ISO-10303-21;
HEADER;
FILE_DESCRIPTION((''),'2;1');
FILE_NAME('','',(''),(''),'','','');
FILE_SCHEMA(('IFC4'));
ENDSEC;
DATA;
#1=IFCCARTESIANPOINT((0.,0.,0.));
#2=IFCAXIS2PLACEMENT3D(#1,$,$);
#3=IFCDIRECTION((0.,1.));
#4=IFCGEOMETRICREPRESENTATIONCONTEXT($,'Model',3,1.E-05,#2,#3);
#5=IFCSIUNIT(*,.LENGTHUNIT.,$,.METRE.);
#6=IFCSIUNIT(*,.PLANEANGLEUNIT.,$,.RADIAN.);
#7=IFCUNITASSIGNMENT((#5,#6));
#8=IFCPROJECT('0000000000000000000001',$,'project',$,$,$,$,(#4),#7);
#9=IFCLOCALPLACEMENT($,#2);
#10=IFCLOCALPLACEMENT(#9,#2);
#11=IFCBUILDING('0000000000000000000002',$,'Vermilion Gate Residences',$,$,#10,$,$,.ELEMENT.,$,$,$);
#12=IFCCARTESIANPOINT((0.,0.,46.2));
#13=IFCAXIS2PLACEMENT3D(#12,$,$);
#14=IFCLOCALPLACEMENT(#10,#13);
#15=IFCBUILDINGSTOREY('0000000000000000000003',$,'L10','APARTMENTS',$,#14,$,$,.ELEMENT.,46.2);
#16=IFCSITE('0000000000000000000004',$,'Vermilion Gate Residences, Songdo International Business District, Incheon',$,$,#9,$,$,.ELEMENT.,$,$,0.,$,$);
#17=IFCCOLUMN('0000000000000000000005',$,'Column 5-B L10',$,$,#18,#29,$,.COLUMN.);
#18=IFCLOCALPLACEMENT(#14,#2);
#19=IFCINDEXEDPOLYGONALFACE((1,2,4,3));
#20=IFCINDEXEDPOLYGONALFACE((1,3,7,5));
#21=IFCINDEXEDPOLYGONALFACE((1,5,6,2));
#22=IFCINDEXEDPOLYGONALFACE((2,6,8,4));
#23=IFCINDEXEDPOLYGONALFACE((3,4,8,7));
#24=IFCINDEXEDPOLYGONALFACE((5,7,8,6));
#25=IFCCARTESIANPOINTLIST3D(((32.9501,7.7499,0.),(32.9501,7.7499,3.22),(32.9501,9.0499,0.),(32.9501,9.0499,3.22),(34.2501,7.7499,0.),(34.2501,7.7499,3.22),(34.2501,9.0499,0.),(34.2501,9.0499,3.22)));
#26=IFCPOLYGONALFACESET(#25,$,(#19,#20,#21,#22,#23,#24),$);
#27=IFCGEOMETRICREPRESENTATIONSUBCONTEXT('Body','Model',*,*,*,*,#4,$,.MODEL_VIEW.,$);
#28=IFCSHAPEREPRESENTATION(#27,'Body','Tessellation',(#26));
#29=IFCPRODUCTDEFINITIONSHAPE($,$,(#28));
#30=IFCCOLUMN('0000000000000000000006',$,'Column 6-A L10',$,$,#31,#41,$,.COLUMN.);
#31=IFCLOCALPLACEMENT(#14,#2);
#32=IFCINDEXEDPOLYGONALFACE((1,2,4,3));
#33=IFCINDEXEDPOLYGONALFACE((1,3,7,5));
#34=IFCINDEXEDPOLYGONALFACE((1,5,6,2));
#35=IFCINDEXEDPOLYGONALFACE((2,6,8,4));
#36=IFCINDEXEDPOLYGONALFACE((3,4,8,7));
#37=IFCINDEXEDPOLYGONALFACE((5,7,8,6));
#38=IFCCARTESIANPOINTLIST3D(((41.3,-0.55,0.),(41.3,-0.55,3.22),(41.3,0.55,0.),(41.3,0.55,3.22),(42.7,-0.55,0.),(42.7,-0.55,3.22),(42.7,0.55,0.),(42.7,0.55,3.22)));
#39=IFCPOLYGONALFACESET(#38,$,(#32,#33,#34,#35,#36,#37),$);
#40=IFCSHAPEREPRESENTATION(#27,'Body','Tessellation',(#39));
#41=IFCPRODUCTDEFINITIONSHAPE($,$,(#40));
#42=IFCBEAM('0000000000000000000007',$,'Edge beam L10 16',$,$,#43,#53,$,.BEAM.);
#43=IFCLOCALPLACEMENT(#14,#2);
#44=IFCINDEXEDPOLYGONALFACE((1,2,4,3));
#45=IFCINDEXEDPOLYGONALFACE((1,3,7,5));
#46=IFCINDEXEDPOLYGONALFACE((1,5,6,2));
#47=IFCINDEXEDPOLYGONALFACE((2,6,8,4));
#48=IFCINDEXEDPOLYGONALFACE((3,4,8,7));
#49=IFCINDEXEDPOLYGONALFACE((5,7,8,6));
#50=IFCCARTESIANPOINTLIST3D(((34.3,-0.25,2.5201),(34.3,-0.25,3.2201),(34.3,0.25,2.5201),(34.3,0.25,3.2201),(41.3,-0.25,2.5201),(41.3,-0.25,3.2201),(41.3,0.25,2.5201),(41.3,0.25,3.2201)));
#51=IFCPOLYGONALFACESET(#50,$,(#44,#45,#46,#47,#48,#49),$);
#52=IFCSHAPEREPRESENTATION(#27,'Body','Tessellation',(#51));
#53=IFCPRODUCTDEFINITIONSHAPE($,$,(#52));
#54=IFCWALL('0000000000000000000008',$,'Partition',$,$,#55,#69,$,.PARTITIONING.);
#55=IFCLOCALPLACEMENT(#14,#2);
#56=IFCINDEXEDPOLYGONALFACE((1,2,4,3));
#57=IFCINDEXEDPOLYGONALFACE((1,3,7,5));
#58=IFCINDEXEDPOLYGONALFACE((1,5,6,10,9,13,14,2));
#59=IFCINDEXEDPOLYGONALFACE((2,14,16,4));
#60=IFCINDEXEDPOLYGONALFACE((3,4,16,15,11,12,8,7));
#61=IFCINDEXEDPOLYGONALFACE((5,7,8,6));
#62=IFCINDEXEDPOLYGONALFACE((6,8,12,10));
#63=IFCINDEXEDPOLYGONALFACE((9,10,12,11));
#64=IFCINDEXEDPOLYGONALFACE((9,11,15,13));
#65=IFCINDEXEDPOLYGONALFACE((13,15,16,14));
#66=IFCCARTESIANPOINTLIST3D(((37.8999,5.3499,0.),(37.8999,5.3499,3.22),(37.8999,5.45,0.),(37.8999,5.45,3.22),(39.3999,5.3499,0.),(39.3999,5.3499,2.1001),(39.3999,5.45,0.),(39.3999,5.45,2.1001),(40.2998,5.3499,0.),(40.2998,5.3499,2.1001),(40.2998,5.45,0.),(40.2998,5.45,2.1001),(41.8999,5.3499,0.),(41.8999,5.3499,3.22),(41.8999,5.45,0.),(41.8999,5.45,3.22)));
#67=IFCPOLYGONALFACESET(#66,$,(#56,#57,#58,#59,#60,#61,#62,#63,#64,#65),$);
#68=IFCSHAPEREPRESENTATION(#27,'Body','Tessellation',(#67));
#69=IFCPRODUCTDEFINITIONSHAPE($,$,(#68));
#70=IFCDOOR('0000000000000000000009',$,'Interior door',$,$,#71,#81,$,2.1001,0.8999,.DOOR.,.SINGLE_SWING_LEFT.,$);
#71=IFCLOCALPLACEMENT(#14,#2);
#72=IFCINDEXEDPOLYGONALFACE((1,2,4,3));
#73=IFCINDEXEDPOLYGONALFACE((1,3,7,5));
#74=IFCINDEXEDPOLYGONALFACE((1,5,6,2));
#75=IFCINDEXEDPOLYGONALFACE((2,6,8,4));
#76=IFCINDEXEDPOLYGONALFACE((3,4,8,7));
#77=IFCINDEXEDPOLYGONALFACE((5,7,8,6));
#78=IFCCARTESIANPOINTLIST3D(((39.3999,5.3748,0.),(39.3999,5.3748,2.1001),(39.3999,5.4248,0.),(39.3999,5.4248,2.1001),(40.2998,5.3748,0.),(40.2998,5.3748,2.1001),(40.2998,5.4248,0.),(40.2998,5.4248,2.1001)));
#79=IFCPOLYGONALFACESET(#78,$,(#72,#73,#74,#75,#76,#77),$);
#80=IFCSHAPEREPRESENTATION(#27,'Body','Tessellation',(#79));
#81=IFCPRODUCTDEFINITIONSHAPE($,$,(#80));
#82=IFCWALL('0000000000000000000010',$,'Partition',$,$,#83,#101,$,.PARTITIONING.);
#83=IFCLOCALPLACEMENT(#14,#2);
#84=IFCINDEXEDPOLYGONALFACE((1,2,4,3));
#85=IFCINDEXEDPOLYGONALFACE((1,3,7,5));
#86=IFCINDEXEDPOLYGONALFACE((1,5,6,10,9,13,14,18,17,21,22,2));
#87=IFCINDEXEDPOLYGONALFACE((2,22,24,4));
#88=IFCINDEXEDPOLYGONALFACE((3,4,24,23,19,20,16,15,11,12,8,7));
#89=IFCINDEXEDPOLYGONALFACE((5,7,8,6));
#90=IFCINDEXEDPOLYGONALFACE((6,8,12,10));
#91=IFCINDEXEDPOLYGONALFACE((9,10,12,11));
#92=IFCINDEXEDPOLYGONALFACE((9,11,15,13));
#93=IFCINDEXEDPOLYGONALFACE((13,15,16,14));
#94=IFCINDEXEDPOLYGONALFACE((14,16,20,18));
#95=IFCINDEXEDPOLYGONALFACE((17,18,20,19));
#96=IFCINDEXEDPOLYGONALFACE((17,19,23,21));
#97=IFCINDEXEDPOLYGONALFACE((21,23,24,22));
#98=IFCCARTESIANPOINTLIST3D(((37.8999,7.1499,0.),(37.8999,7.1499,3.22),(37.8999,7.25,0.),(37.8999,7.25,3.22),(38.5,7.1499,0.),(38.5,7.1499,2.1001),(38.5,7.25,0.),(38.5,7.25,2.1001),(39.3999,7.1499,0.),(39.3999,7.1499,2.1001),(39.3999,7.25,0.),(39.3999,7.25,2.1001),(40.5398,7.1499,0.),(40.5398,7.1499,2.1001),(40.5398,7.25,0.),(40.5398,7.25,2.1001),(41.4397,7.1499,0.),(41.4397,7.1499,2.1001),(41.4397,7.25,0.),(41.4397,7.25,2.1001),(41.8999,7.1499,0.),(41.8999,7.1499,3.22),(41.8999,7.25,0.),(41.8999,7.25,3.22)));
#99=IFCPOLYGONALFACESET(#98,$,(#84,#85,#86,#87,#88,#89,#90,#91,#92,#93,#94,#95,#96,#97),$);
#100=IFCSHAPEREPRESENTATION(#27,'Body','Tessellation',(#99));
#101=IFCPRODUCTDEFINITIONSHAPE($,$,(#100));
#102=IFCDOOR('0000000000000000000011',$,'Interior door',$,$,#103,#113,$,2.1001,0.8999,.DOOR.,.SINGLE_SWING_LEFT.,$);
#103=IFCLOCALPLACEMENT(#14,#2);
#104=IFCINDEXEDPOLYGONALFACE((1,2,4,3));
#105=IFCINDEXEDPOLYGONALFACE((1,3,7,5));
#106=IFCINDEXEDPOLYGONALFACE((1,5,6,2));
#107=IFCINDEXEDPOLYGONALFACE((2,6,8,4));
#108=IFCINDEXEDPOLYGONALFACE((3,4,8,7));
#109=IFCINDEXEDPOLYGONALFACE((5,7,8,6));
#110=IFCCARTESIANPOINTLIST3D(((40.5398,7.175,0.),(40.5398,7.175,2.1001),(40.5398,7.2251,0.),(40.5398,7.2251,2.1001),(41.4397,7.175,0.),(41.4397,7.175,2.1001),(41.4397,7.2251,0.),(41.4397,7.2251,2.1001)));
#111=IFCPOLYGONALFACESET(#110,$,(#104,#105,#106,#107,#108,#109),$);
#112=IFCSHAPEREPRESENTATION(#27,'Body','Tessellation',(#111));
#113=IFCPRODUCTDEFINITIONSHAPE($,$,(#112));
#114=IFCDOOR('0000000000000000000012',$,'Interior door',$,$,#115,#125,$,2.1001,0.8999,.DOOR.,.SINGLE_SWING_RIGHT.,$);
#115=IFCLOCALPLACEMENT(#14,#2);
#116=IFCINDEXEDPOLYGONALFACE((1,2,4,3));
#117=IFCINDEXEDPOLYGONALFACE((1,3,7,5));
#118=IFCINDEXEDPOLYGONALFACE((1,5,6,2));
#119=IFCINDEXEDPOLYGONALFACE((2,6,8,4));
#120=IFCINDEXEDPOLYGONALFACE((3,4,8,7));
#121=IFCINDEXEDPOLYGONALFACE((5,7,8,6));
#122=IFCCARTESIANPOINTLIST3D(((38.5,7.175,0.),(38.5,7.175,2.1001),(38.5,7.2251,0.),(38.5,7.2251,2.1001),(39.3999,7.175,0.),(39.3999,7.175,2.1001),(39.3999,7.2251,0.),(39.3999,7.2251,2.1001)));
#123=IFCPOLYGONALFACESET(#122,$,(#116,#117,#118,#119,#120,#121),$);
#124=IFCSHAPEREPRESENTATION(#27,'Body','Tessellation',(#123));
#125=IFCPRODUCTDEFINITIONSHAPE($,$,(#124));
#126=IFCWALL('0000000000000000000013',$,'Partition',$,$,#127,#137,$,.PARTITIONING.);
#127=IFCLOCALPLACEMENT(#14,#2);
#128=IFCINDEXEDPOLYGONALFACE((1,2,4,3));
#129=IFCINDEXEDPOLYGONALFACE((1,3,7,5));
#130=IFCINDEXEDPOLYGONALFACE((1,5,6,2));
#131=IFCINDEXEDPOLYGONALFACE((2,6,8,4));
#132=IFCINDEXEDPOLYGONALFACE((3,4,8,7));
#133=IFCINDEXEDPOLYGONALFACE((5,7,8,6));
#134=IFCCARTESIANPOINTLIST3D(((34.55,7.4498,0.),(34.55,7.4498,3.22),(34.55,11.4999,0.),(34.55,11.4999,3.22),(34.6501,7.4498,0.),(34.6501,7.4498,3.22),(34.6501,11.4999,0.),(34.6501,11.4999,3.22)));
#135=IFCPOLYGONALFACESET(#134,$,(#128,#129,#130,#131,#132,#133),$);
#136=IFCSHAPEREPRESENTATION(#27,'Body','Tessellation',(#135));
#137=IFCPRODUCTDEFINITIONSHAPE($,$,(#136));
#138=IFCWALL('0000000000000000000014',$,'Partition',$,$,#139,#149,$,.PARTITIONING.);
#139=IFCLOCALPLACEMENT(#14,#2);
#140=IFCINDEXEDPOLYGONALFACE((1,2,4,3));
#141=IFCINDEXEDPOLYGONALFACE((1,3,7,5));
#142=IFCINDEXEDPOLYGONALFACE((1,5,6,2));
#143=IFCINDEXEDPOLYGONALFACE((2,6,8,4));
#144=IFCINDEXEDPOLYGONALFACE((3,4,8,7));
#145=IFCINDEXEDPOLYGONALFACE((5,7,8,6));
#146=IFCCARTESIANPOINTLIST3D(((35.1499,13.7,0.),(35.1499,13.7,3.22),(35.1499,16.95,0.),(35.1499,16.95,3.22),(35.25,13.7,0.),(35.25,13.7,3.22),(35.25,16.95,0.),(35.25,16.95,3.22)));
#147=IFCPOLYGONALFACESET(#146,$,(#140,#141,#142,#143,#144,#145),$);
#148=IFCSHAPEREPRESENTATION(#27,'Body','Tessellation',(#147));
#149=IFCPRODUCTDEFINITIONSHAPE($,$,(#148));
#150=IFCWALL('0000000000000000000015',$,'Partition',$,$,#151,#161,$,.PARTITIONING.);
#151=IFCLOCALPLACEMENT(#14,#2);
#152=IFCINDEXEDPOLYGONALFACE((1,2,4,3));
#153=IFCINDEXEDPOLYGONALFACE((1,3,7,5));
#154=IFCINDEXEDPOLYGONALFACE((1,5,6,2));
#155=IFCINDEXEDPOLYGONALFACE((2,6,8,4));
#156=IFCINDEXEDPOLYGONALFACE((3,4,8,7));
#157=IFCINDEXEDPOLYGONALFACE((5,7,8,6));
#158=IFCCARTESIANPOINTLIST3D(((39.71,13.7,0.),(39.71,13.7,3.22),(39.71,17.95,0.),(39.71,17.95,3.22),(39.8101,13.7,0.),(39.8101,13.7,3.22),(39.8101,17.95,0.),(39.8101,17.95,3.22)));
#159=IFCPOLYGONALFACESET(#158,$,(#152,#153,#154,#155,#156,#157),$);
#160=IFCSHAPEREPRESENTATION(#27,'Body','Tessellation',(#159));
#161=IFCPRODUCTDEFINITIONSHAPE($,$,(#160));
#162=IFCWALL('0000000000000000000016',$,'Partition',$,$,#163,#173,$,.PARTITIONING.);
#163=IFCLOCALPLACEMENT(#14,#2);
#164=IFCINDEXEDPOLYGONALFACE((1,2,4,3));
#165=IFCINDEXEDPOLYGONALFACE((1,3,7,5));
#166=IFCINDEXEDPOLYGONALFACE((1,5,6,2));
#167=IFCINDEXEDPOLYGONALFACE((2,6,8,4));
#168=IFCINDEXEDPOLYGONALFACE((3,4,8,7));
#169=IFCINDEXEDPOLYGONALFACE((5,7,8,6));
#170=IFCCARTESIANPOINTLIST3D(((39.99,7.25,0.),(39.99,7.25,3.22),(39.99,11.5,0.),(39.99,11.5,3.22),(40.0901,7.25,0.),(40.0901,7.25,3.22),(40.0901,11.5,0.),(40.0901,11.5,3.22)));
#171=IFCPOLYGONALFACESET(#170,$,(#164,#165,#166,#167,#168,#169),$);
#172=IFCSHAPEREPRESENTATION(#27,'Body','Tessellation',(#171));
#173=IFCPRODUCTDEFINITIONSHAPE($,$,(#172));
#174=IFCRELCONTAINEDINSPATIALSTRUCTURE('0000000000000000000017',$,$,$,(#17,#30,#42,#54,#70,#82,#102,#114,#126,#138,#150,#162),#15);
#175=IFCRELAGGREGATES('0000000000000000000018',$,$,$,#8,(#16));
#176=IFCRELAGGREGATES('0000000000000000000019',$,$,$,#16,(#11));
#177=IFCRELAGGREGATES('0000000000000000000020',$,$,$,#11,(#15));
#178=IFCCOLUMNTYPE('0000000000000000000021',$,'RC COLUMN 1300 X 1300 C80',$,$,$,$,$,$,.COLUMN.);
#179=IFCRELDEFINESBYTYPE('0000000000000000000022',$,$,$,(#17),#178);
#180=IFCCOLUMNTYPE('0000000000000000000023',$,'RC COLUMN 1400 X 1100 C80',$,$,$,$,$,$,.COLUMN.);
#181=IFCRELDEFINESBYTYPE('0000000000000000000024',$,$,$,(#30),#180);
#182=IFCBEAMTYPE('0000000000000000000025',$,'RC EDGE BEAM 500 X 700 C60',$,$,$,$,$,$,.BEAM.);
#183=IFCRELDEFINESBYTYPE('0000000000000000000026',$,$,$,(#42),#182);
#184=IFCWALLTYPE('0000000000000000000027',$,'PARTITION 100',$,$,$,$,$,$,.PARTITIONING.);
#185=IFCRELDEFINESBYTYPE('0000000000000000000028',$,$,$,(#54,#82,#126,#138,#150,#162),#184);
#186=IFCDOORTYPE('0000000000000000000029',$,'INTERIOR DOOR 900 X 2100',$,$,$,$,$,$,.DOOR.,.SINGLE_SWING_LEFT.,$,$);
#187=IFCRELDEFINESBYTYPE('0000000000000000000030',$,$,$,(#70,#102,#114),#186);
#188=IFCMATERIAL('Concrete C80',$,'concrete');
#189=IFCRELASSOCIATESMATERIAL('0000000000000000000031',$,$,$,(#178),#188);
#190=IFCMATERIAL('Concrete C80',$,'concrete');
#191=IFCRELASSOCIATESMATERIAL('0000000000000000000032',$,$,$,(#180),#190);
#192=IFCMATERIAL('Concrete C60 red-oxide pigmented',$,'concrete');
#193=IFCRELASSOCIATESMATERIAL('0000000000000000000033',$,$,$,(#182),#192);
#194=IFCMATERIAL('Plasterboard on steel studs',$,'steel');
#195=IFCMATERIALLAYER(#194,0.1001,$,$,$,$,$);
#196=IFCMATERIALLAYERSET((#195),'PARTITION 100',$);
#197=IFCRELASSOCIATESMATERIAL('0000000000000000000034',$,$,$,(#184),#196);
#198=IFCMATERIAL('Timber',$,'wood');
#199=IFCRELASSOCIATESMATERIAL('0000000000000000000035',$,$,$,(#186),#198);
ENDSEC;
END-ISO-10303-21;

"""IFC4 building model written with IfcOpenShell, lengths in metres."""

from ifc_helpers import new_model, si_unit, direction, frame, frame_2d, origin, origin_2d, place, context, subcontext, project, spatial, rectangle, extrude, material, layer, layer_set, material_profile, profile_set, type_object, element, fill, save


model = new_model("IFC4")

# Units and contexts
model_context = context("Model", 3, precision=1e-05, world=origin(), true_north=direction((0.0, 1.0)))
body_context = subcontext(model_context, "Body", "Model", "MODEL_VIEW")
ifc_project = project(units=[si_unit("LENGTHUNIT", "METRE"), si_unit("PLANEANGLEUNIT", "RADIAN")], contexts=[model_context])

# Site, building, storey
site_placement = place(None, origin())
site = spatial("IfcSite", under=ifc_project, at=site_placement, Name="Vermilion Gate Residences, Songdo International Business District, Incheon", CompositionType="ELEMENT", RefElevation=0.0)
building_placement = place(site_placement, origin())
building = spatial("IfcBuilding", under=site, at=building_placement, Name="Vermilion Gate Residences", CompositionType="ELEMENT")
storey_placement = place(building_placement, frame((0.0, 0.0, 46.2)))
storey = spatial("IfcBuildingStorey", under=building, at=storey_placement, Name="L10", Description="APARTMENTS", CompositionType="ELEMENT", Elevation=46.2)

# Columns
ifc_material_1 = material(Name="Concrete C80", Category="concrete")
ifc_material_profile_1 = material_profile(ifc_material_1, rectangle(XDim=1.3, YDim=1.3, at=origin_2d()), Name="RC-1300x1300")
ifc_profile_set_1 = profile_set([ifc_material_profile_1], Name="Concrete C80")
column_type_1 = type_object("IfcColumnType", Name="RC COLUMN 1300 X 1300 C80", PredefinedType="COLUMN", material=ifc_profile_set_1)
column_1_placement = place(storey_placement, frame((33.6001, 8.3999, 0.0), z_axis=(0.0, 0.0, 1.0), x_axis=(1.0, 0.0, 0.0)))
element("IfcColumn", 1, at=column_1_placement, inside=storey, type_object=column_type_1, Name="Column 5-B L10", PredefinedType="COLUMN", context=body_context, shape_type="SweptSolid", body=[
    extrude(rectangle(XDim=1.3, YDim=1.3, at=origin_2d()), origin(), (0.0, 0.0, 1.0), 3.22),
])
ifc_material_2 = material(Name="Concrete C80", Category="concrete")
ifc_material_profile_2 = material_profile(ifc_material_2, rectangle(XDim=1.3999, YDim=1.1001, at=origin_2d()), Name="RC-1400x1100")
ifc_profile_set_2 = profile_set([ifc_material_profile_2], Name="Concrete C80")
column_type_2 = type_object("IfcColumnType", Name="RC COLUMN 1400 X 1100 C80", PredefinedType="COLUMN", material=ifc_profile_set_2)
column_2_placement = place(storey_placement, frame((42.0, 0.0, 0.0), z_axis=(0.0, 0.0, 1.0), x_axis=(1.0, 0.0, 0.0)))
element("IfcColumn", 2, at=column_2_placement, inside=storey, type_object=column_type_2, Name="Column 6-A L10", PredefinedType="COLUMN", context=body_context, shape_type="SweptSolid", body=[
    extrude(rectangle(XDim=1.3999, YDim=1.1001, at=origin_2d()), origin(), (0.0, 0.0, 1.0), 3.22),
])

# Beam
ifc_material_3 = material(Name="Concrete C60 red-oxide pigmented", Category="concrete")
ifc_material_profile_3 = material_profile(ifc_material_3, rectangle(XDim=0.5, YDim=0.7, at=origin_2d()), Name="RC-500x700")
ifc_profile_set_3 = profile_set([ifc_material_profile_3], Name="Concrete C60 red-oxide pigmented")
beam_type = type_object("IfcBeamType", Name="RC EDGE BEAM 500 X 700 C60", PredefinedType="BEAM", material=ifc_profile_set_3)
beam_placement = place(storey_placement, frame((34.3, 0.0, 2.8701), z_axis=(1.0, 0.0, 0.0), x_axis=(0.0, 1.0, 0.0)))
element("IfcBeam", 3, at=beam_placement, inside=storey, type_object=beam_type, Name="Edge beam L10 16", PredefinedType="BEAM", context=body_context, shape_type="SweptSolid", body=[
    extrude(rectangle(XDim=0.5, YDim=0.7, at=origin_2d()), origin(), (0.0, 0.0, 1.0), 7.0),
])

# Wall, opening, door
ifc_material_4 = material(Name="Plasterboard on steel studs", Category="steel")
ifc_layer_1 = layer(ifc_material_4, 0.1001)
ifc_layer_set_1 = layer_set([ifc_layer_1], Name="PARTITION 100")
wall_type_1 = type_object("IfcWallType", Name="PARTITION 100", PredefinedType="PARTITIONING", material=ifc_layer_set_1)
wall_1_placement = place(storey_placement, frame((37.8999, 5.3999, 0.0), z_axis=(0.0, 0.0, 1.0), x_axis=(1.0, 0.0, 0.0)))
wall_1 = element("IfcWall", 4, at=wall_1_placement, inside=storey, type_object=wall_type_1, Name="Partition", PredefinedType="PARTITIONING", context=body_context, shape_type="SweptSolid", body=[
    extrude(rectangle(XDim=4.0, YDim=0.1001, at=frame_2d((2.0, 0.0))), origin(), (0.0, 0.0, 1.0), 3.22),
])
opening_1_placement = place(wall_1_placement, frame((1.5, 0.0, 0.0)))
opening_1 = element("IfcOpeningElement", 5, at=opening_1_placement, cuts=wall_1, PredefinedType="OPENING", context=body_context, shape_type="SweptSolid", body=[
    extrude(rectangle(XDim=0.8999, YDim=2.1001, at=frame_2d((0.45, 1.05))), frame((0.0, 0.0601, 0.0), z_axis=(0.0, -1.0, 0.0), x_axis=(1.0, 0.0, 0.0)), (0.0, 0.0, 1.0), 0.1201),
])
ifc_material_5 = material(Name="Timber", Category="wood")
door_type = type_object("IfcDoorType", Name="INTERIOR DOOR 900 X 2100", OperationType="SINGLE_SWING_LEFT", PredefinedType="DOOR", material=ifc_material_5)
door_1_placement = place(opening_1_placement, origin())
door_1 = element("IfcDoor", 6, at=door_1_placement, inside=storey, type_object=door_type, Name="Interior door", OperationType="SINGLE_SWING_LEFT", OverallHeight=2.1001, OverallWidth=0.8999, PredefinedType="DOOR", context=body_context, shape_type="SweptSolid", body=[
    extrude(rectangle(XDim=0.8999, YDim=2.1001, at=frame_2d((0.45, 1.05))), frame((0.0, 0.0249, 0.0), z_axis=(0.0, -1.0, 0.0), x_axis=(1.0, 0.0, 0.0)), (0.0, 0.0, 1.0), 0.05),
])
fill(opening_1, door_1)

# Wall, openings, doors
wall_2_placement = place(storey_placement, frame((37.8999, 7.2, 0.0), z_axis=(0.0, 0.0, 1.0), x_axis=(1.0, 0.0, 0.0)))
wall_2 = element("IfcWall", 7, at=wall_2_placement, inside=storey, type_object=wall_type_1, Name="Partition", PredefinedType="PARTITIONING", context=body_context, shape_type="SweptSolid", body=[
    extrude(rectangle(XDim=4.0, YDim=0.1001, at=frame_2d((2.0, 0.0))), origin(), (0.0, 0.0, 1.0), 3.22),
])
opening_2_placement = place(wall_2_placement, frame((2.6399, 0.0, 0.0)))
opening_2 = element("IfcOpeningElement", 8, at=opening_2_placement, cuts=wall_2, PredefinedType="OPENING", context=body_context, shape_type="SweptSolid", body=[
    extrude(rectangle(XDim=0.8999, YDim=2.1001, at=frame_2d((0.45, 1.05))), frame((0.0, 0.0601, 0.0), z_axis=(0.0, -1.0, 0.0), x_axis=(1.0, 0.0, 0.0)), (0.0, 0.0, 1.0), 0.1201),
])
opening_3_placement = place(wall_2_placement, frame((0.6001, 0.0, 0.0)))
opening_3 = element("IfcOpeningElement", 9, at=opening_3_placement, cuts=wall_2, PredefinedType="OPENING", context=body_context, shape_type="SweptSolid", body=[
    extrude(rectangle(XDim=0.8999, YDim=2.1001, at=frame_2d((0.45, 1.05))), frame((0.0, 0.0601, 0.0), z_axis=(0.0, -1.0, 0.0), x_axis=(1.0, 0.0, 0.0)), (0.0, 0.0, 1.0), 0.1201),
])
door_2_placement = place(opening_2_placement, frame((0.8999, 0.0, 0.0), z_axis=(0.0, 0.0, 1.0), x_axis=(-1.0, 0.0, 0.0)))
door_2 = element("IfcDoor", 10, at=door_2_placement, inside=storey, type_object=door_type, Name="Interior door", OperationType="SINGLE_SWING_LEFT", OverallHeight=2.1001, OverallWidth=0.8999, PredefinedType="DOOR", context=body_context, shape_type="SweptSolid", body=[
    extrude(rectangle(XDim=0.8999, YDim=2.1001, at=frame_2d((0.45, 1.05))), frame((0.0, 0.0249, 0.0), z_axis=(0.0, -1.0, 0.0), x_axis=(1.0, 0.0, 0.0)), (0.0, 0.0, 1.0), 0.05),
])
fill(opening_2, door_2)
door_3_placement = place(opening_3_placement, frame((0.8999, 0.0, 0.0), z_axis=(0.0, 0.0, 1.0), x_axis=(-1.0, 0.0, 0.0)))
door_3 = element("IfcDoor", 11, at=door_3_placement, inside=storey, type_object=door_type, Name="Interior door", OperationType="SINGLE_SWING_RIGHT", OverallHeight=2.1001, OverallWidth=0.8999, PredefinedType="DOOR", context=body_context, shape_type="SweptSolid", body=[
    extrude(rectangle(XDim=0.8999, YDim=2.1001, at=frame_2d((0.45, 1.05))), frame((0.0, 0.0249, 0.0), z_axis=(0.0, -1.0, 0.0), x_axis=(1.0, 0.0, 0.0)), (0.0, 0.0, 1.0), 0.05),
])
fill(opening_3, door_3)

# Walls
wall_3_placement = place(storey_placement, frame((34.6001, 7.45, 0.0), z_axis=(0.0, 0.0, 1.0), x_axis=(0.0, 1.0, 0.0)))
element("IfcWall", 12, at=wall_3_placement, inside=storey, type_object=wall_type_1, Name="Partition", PredefinedType="PARTITIONING", context=body_context, shape_type="SweptSolid", body=[
    extrude(rectangle(XDim=4.05, YDim=0.1001, at=frame_2d((2.0249, 0.0))), origin(), (0.0, 0.0, 1.0), 3.22),
])
wall_4_placement = place(storey_placement, frame((35.2, 13.7, 0.0), z_axis=(0.0, 0.0, 1.0), x_axis=(0.0, 1.0, 0.0)))
element("IfcWall", 13, at=wall_4_placement, inside=storey, type_object=wall_type_1, Name="Partition", PredefinedType="PARTITIONING", context=body_context, shape_type="SweptSolid", body=[
    extrude(rectangle(XDim=3.25, YDim=0.1001, at=frame_2d((1.625, 0.0))), origin(), (0.0, 0.0, 1.0), 3.22),
])
for number, where, z_axis, x_axis, name in (
    (14, (39.76, 13.7, 0.0), (0.0, 0.0, 1.0), (0.0, 1.0, 0.0), "Partition"),
    (15, (40.04, 7.25, 0.0), (0.0, 0.0, 1.0), (0.0, 1.0, 0.0), "Partition"),
):
    element("IfcWall", number, at=place(storey_placement, frame(where, z_axis=z_axis, x_axis=x_axis)), inside=storey, type_object=wall_type_1, Name=name, PredefinedType="PARTITIONING", context=body_context, shape_type="SweptSolid", body=[
        extrude(rectangle(XDim=4.25, YDim=0.1001, at=frame_2d((2.125, 0.0))), origin(), (0.0, 0.0, 1.0), 3.22),
    ])

save(model, "model.ifc")
